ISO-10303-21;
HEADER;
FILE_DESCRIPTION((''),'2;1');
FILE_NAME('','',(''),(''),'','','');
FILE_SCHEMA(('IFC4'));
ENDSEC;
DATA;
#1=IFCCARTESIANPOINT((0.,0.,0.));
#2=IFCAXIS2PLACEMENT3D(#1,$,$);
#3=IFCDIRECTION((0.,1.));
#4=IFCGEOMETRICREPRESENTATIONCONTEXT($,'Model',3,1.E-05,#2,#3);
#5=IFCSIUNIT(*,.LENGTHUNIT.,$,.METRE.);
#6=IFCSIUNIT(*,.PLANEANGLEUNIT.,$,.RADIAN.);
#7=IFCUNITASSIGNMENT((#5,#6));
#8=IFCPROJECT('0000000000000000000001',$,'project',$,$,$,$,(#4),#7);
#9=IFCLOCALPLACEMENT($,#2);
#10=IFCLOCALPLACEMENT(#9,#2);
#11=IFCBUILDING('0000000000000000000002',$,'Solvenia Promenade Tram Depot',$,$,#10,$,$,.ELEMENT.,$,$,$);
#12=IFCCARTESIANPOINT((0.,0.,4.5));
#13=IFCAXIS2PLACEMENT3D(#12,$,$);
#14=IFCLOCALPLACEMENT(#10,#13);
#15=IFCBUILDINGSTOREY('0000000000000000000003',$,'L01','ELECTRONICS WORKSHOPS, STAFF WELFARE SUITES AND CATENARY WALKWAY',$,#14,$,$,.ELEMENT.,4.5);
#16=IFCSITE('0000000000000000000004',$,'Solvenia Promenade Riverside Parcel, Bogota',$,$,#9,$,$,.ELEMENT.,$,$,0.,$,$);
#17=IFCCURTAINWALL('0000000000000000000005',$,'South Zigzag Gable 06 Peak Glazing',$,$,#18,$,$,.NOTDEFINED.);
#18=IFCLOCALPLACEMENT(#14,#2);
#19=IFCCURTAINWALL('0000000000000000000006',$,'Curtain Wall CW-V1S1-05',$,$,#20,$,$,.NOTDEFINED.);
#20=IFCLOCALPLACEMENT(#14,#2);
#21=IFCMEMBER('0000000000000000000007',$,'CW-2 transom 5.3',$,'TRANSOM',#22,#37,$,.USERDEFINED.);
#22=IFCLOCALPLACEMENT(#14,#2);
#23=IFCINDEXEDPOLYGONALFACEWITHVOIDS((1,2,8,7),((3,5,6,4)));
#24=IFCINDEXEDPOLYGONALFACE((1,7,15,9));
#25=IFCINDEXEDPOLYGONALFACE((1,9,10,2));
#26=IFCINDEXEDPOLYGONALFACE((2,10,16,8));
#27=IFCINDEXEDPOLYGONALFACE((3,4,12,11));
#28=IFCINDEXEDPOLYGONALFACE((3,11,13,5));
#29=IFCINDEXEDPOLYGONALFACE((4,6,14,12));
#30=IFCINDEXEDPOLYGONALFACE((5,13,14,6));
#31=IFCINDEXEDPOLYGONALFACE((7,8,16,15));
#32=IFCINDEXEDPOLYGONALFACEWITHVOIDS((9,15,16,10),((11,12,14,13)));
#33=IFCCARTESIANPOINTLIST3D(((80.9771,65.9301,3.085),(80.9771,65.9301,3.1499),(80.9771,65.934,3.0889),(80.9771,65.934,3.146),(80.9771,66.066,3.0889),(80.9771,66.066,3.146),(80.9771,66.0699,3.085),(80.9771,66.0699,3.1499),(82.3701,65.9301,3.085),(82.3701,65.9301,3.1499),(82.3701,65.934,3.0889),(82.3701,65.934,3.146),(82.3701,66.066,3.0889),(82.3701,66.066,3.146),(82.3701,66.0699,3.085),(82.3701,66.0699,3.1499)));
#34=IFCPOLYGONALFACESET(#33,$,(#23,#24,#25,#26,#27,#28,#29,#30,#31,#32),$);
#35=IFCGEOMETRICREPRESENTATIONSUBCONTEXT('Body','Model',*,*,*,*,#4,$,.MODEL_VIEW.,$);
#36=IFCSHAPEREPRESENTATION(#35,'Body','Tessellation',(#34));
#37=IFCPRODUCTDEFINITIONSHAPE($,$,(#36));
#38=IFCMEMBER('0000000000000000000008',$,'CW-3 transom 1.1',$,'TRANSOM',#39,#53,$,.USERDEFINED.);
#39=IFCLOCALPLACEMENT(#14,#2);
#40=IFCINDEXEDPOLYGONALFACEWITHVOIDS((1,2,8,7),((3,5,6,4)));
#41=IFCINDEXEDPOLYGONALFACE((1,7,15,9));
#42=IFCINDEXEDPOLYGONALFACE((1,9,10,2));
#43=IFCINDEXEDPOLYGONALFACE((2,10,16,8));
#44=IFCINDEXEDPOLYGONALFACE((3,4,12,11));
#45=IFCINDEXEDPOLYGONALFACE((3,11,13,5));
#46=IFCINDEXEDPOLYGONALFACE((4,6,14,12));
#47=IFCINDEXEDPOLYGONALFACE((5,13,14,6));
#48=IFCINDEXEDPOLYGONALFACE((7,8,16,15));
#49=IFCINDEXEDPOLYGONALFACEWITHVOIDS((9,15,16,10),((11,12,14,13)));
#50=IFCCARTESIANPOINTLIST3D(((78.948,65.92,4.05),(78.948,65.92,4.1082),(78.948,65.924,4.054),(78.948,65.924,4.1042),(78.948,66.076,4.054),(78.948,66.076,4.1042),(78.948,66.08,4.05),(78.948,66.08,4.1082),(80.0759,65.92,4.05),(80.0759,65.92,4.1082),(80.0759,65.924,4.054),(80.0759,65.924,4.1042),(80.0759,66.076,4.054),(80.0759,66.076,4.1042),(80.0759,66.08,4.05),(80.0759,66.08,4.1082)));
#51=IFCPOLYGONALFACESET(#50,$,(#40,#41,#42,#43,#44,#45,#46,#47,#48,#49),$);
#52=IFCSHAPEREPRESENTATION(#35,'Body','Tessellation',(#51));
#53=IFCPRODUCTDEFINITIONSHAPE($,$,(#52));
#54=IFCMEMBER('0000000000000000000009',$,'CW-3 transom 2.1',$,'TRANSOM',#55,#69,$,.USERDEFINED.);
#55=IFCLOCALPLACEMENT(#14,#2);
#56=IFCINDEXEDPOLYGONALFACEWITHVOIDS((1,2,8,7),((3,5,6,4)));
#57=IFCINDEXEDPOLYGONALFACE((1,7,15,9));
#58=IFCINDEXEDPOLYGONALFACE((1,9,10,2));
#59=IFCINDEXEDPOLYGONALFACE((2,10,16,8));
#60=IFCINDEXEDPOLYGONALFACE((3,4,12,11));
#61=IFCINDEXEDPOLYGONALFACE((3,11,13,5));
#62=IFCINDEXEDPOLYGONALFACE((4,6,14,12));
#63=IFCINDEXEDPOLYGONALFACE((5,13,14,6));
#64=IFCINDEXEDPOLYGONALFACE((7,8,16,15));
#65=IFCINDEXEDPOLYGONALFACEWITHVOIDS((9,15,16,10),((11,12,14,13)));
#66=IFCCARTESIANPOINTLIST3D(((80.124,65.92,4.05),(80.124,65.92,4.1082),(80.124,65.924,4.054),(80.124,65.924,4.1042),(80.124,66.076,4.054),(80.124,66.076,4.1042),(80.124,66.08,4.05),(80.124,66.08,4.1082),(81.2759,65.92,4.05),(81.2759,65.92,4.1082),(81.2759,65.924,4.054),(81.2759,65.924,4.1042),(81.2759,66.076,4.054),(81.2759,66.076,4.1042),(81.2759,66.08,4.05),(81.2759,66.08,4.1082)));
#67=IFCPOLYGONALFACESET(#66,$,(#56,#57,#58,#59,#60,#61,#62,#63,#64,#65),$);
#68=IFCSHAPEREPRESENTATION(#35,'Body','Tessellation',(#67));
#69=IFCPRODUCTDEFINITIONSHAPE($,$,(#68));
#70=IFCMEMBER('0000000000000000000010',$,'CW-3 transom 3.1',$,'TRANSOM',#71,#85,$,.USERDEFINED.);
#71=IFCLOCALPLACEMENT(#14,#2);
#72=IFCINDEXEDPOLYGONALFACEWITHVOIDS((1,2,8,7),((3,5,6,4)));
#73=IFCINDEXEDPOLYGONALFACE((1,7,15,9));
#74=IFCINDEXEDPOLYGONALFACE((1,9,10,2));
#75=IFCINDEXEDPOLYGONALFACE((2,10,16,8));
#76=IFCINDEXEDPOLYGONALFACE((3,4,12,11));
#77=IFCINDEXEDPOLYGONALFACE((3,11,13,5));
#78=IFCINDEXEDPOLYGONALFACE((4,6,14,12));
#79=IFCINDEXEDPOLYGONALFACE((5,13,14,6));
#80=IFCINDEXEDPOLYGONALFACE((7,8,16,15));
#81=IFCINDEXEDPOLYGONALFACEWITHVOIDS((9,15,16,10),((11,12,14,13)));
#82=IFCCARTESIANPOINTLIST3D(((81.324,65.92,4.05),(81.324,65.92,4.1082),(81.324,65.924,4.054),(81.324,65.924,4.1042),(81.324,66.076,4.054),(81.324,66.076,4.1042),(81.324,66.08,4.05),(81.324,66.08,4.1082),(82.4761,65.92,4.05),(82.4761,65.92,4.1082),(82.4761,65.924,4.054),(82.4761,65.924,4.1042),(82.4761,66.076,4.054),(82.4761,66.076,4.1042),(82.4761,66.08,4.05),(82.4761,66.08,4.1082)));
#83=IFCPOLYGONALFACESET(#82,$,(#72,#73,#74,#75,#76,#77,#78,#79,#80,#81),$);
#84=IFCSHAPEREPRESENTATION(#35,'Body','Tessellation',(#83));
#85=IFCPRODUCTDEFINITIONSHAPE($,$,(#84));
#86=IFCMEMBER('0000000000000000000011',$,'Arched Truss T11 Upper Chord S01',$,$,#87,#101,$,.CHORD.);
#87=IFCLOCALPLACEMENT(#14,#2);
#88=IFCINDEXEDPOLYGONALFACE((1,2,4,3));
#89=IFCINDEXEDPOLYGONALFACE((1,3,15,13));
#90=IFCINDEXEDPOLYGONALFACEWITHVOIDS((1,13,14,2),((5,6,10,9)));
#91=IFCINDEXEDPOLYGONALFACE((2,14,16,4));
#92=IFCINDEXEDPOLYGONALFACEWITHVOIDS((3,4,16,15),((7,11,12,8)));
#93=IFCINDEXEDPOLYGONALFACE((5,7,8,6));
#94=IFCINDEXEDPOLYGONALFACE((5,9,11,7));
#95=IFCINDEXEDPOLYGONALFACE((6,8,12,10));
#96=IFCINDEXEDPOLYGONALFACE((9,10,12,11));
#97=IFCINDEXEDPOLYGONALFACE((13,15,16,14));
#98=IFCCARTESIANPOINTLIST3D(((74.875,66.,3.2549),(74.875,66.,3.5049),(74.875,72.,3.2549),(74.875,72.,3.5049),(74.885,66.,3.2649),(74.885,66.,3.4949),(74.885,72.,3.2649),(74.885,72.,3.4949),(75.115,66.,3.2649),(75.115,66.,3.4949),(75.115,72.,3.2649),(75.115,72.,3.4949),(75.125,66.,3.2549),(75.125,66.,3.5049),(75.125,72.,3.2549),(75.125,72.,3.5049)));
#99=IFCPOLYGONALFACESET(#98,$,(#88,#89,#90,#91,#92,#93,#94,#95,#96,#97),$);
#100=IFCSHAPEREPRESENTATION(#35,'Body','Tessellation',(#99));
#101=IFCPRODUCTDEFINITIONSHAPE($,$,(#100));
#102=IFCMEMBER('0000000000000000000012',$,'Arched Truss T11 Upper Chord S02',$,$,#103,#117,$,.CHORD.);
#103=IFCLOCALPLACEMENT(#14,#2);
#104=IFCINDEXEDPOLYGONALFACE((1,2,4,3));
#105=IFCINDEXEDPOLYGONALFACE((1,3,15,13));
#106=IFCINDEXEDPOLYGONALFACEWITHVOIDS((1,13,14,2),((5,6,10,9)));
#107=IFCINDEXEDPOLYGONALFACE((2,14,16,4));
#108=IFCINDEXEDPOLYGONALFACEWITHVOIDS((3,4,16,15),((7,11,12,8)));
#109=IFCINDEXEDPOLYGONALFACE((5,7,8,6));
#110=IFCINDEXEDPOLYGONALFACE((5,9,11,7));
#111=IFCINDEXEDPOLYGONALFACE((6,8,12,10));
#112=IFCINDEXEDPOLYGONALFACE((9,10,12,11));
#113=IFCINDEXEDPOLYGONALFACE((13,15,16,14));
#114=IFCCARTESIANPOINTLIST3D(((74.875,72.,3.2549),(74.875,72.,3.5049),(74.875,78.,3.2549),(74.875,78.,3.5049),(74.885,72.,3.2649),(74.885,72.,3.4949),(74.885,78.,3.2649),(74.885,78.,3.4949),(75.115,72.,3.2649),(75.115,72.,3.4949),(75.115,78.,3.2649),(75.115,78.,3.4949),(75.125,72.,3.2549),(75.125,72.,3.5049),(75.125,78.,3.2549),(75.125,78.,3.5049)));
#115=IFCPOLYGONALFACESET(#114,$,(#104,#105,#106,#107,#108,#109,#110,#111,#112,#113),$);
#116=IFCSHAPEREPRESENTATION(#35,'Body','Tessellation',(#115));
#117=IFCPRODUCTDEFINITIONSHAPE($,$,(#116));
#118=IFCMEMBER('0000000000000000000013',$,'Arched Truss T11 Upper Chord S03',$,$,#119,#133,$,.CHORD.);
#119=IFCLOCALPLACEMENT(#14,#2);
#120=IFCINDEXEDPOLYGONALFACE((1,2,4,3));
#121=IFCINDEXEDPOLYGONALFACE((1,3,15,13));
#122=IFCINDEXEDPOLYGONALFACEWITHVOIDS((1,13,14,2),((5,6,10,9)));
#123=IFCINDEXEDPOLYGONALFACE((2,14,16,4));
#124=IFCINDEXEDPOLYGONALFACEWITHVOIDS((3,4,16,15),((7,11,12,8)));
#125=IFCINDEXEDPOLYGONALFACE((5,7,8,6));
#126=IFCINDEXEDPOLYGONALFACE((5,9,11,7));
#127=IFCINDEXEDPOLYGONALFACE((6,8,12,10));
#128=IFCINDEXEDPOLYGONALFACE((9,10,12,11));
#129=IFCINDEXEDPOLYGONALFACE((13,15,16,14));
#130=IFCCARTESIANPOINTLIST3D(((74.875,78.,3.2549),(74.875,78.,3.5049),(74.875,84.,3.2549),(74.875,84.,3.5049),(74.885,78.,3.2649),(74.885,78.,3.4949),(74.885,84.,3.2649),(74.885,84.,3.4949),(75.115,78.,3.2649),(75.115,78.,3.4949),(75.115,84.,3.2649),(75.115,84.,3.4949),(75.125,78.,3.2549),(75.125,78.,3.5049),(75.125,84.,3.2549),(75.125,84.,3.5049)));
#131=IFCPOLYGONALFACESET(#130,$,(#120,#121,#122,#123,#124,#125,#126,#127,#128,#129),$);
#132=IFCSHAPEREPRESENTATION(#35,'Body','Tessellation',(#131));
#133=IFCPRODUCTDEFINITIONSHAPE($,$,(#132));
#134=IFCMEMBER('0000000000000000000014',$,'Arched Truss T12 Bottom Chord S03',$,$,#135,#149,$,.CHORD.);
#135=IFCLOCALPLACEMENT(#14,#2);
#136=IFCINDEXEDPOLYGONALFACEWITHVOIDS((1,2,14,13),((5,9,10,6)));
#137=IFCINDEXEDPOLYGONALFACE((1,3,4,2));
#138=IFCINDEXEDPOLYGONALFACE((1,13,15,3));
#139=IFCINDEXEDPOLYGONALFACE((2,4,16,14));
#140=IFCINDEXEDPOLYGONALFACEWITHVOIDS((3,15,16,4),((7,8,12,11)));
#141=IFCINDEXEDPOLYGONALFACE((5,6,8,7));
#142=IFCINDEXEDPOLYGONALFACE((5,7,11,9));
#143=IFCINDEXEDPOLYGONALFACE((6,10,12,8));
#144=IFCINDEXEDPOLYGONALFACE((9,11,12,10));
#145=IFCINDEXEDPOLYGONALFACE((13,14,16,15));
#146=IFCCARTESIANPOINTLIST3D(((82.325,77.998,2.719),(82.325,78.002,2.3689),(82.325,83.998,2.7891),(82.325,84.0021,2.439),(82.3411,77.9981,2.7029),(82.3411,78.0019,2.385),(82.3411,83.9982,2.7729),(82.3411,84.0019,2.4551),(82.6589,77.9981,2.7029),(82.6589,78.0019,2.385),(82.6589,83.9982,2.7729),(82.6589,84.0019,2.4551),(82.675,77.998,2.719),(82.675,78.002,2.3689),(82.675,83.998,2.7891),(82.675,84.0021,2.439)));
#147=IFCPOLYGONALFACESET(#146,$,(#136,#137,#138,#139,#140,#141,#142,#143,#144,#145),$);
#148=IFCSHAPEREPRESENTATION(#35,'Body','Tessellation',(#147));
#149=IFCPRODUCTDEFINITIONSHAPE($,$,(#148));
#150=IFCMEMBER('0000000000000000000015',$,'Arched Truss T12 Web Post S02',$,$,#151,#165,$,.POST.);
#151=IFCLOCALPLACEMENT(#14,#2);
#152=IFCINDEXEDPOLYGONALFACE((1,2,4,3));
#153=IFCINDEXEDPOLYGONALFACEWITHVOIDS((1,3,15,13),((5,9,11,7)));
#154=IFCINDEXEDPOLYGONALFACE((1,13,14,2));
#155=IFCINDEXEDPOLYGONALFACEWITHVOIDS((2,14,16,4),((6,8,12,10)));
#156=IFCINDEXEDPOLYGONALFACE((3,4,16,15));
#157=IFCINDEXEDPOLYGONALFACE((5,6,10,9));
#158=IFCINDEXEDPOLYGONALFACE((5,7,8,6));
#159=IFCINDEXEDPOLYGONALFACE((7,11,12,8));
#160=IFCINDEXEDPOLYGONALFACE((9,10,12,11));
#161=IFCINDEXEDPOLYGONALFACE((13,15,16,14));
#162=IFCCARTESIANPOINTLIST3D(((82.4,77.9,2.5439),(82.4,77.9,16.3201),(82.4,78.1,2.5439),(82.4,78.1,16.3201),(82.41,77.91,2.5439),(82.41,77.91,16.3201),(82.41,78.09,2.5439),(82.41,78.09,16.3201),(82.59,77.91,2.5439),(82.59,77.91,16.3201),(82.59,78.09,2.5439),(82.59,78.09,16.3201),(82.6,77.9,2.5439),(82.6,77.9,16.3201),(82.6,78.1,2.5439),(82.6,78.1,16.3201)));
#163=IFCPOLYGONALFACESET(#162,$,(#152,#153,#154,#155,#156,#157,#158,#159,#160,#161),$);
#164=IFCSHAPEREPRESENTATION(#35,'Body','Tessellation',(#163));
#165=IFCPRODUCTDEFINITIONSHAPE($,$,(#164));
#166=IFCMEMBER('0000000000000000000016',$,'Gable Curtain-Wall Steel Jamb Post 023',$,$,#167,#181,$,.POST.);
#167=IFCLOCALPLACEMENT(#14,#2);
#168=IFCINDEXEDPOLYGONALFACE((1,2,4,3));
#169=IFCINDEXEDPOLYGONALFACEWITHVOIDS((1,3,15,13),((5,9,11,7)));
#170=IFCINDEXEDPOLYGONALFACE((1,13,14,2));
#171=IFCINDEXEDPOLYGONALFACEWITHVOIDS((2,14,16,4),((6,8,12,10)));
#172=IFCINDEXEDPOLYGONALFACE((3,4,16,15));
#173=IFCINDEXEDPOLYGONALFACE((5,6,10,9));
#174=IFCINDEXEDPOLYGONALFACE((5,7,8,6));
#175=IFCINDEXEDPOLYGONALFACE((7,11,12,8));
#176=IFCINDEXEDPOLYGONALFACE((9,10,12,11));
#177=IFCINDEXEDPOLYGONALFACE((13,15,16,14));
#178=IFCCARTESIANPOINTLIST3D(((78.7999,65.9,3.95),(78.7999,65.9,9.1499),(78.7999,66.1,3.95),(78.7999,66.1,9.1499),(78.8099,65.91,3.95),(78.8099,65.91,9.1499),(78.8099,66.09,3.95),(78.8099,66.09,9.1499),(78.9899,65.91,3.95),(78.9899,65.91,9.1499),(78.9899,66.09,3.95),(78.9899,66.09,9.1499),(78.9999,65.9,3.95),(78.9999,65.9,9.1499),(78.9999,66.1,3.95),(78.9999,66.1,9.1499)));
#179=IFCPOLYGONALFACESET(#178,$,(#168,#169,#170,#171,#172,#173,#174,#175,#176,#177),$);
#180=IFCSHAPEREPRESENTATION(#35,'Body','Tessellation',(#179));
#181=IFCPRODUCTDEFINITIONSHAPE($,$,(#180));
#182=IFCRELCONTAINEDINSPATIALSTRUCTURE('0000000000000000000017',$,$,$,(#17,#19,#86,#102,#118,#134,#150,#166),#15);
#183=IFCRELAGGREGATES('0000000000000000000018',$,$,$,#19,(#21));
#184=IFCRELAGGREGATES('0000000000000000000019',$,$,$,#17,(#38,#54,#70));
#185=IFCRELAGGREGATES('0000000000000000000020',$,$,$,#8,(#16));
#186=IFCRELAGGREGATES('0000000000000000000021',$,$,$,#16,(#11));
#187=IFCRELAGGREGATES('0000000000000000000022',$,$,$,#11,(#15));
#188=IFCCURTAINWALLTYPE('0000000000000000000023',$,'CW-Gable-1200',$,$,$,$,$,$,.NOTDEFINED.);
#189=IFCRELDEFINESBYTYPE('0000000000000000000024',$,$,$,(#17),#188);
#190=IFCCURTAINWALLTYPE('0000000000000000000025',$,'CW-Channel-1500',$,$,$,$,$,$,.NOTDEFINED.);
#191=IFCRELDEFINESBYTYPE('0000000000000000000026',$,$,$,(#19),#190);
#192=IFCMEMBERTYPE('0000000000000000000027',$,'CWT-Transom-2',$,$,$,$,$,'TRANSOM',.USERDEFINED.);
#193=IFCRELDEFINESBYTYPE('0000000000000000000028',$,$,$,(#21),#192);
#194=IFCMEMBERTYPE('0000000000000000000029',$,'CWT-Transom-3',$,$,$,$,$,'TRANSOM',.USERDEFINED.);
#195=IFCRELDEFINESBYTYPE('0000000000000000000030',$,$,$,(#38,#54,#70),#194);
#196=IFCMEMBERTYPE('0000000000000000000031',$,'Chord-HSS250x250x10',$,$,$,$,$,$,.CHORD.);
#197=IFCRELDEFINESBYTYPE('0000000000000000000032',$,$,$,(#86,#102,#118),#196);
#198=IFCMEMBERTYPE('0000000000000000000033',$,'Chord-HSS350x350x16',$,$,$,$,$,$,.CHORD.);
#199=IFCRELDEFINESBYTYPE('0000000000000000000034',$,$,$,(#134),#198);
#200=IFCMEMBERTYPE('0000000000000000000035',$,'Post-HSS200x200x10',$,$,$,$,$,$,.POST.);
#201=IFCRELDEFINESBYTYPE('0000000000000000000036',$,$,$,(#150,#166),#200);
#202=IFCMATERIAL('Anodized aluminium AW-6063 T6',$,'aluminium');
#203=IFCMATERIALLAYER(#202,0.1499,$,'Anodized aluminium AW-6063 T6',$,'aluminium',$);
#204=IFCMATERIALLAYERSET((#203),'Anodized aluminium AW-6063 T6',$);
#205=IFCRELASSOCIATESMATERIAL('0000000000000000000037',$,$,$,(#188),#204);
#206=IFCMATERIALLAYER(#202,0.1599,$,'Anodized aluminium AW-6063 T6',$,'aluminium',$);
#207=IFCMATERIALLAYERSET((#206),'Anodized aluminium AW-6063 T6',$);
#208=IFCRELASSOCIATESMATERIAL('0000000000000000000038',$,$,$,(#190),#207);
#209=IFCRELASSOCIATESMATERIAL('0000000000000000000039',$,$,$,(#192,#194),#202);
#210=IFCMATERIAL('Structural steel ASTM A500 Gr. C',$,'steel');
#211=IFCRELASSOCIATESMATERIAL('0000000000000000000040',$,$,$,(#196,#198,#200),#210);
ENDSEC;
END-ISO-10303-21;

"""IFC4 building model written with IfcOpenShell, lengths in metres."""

from ifc_helpers import new_model, si_unit, direction, frame, origin, origin_2d, place, context, subcontext, project, spatial, hollow_rectangle, extrude, material, layer, layer_set, material_profile, profile_set, type_object, element, aggregate, save


model = new_model("IFC4")

# Units and contexts
model_context = context("Model", 3, precision=1e-05, world=origin(), true_north=direction((0.0, 1.0)))
body_context = subcontext(model_context, "Body", "Model", "MODEL_VIEW")
ifc_project = project(units=[si_unit("LENGTHUNIT", "METRE"), si_unit("PLANEANGLEUNIT", "RADIAN")], contexts=[model_context])

# Site, building, storey
site_placement = place(None, origin())
site = spatial("IfcSite", under=ifc_project, at=site_placement, Name="Solvenia Promenade Riverside Parcel, Bogota", CompositionType="ELEMENT", RefElevation=0.0)
building_placement = place(site_placement, origin())
building = spatial("IfcBuilding", under=site, at=building_placement, Name="Solvenia Promenade Tram Depot", CompositionType="ELEMENT")
storey_placement = place(building_placement, frame((0.0, 0.0, 4.5)))
storey = spatial("IfcBuildingStorey", under=building, at=storey_placement, Name="L01", Description="ELECTRONICS WORKSHOPS, STAFF WELFARE SUITES AND CATENARY WALKWAY", CompositionType="ELEMENT", Elevation=4.5)

# Shared definitions
ifc_material_1 = material(Name="Structural steel ASTM A500 Gr. C", Category="steel")

# Curtain walls, member
ifc_material_2 = material(Name="Anodized aluminium AW-6063 T6", Category="aluminium")
ifc_layer_1 = layer(ifc_material_2, 0.1499, Name="Anodized aluminium AW-6063 T6", Category="aluminium")
ifc_layer_set_1 = layer_set([ifc_layer_1], Name="Anodized aluminium AW-6063 T6")
curtain_wall_type_1 = type_object("IfcCurtainWallType", Name="CW-Gable-1200", PredefinedType="NOTDEFINED", material=ifc_layer_set_1)
curtain_wall_1_placement = place(storey_placement, origin())
curtain_wall_1 = element("IfcCurtainWall", 1, at=curtain_wall_1_placement, inside=storey, type_object=curtain_wall_type_1, Name="South Zigzag Gable 06 Peak Glazing", PredefinedType="NOTDEFINED")
ifc_layer_2 = layer(ifc_material_2, 0.1599, Name="Anodized aluminium AW-6063 T6", Category="aluminium")
ifc_layer_set_2 = layer_set([ifc_layer_2], Name="Anodized aluminium AW-6063 T6")
curtain_wall_type_2 = type_object("IfcCurtainWallType", Name="CW-Channel-1500", PredefinedType="NOTDEFINED", material=ifc_layer_set_2)
curtain_wall_2_placement = place(storey_placement, origin())
curtain_wall_2 = element("IfcCurtainWall", 2, at=curtain_wall_2_placement, inside=storey, type_object=curtain_wall_type_2, Name="Curtain Wall CW-V1S1-05", PredefinedType="NOTDEFINED")
ifc_material_profile_1 = material_profile(ifc_material_2, hollow_rectangle(XDim=0.1399, YDim=0.0649, WallThickness=0.0039, at=origin_2d()), Name="ALU-T2", Category="aluminium")
ifc_profile_set_1 = profile_set([ifc_material_profile_1], Name="Anodized aluminium AW-6063 T6")
member_type_1 = type_object("IfcMemberType", Name="CWT-Transom-2", ElementType="TRANSOM", PredefinedType="USERDEFINED", material=ifc_profile_set_1)
member_1_placement = place(storey_placement, frame((80.9771, 66.0, 3.1174), z_axis=(1.0, 0.0, 0.0), x_axis=(0.0, 1.0, 0.0)))
member_1 = element("IfcMember", 3, at=member_1_placement, type_object=member_type_1, Name="CW-2 transom 5.3", ObjectType="TRANSOM", PredefinedType="USERDEFINED", context=body_context, shape_type="SweptSolid", body=[
    extrude(hollow_rectangle(XDim=0.1399, YDim=0.0649, WallThickness=0.0039, at=origin_2d()), origin(), (0.0, 0.0, 1.0), 1.3931),
])
aggregate(curtain_wall_2, [member_1])

# Members
ifc_material_profile_2 = material_profile(ifc_material_2, hollow_rectangle(XDim=0.1599, YDim=0.0581, WallThickness=0.0039, at=origin_2d()), Name="ALU-T3", Category="aluminium")
ifc_profile_set_2 = profile_set([ifc_material_profile_2], Name="Anodized aluminium AW-6063 T6")
member_type_2 = type_object("IfcMemberType", Name="CWT-Transom-3", ElementType="TRANSOM", PredefinedType="USERDEFINED", material=ifc_profile_set_2)
member_2_placement = place(storey_placement, frame((78.948, 66.0, 4.0791), z_axis=(1.0, 0.0, 0.0), x_axis=(0.0, 1.0, 0.0)))
member_2 = element("IfcMember", 4, at=member_2_placement, type_object=member_type_2, Name="CW-3 transom 1.1", ObjectType="TRANSOM", PredefinedType="USERDEFINED", context=body_context, shape_type="SweptSolid", body=[
    extrude(hollow_rectangle(XDim=0.1599, YDim=0.0581, WallThickness=0.0039, at=origin_2d()), origin(), (0.0, 0.0, 1.0), 1.1279),
])
member_3_placement = place(storey_placement, frame((80.124, 66.0, 4.0791), z_axis=(1.0, 0.0, 0.0), x_axis=(0.0, 1.0, 0.0)))
member_3 = element("IfcMember", 5, at=member_3_placement, type_object=member_type_2, Name="CW-3 transom 2.1", ObjectType="TRANSOM", PredefinedType="USERDEFINED", context=body_context, shape_type="SweptSolid", body=[
    extrude(hollow_rectangle(XDim=0.1599, YDim=0.0581, WallThickness=0.0039, at=origin_2d()), origin(), (0.0, 0.0, 1.0), 1.1519),
])
member_4_placement = place(storey_placement, frame((81.324, 66.0, 4.0791), z_axis=(1.0, 0.0, 0.0), x_axis=(0.0, 1.0, 0.0)))
member_4 = element("IfcMember", 6, at=member_4_placement, type_object=member_type_2, Name="CW-3 transom 3.1", ObjectType="TRANSOM", PredefinedType="USERDEFINED", context=body_context, shape_type="SweptSolid", body=[
    extrude(hollow_rectangle(XDim=0.1599, YDim=0.0581, WallThickness=0.0039, at=origin_2d()), origin(), (0.0, 0.0, 1.0), 1.1521),
])

# Members
ifc_material_profile_3 = material_profile(ifc_material_1, hollow_rectangle(XDim=0.25, YDim=0.25, WallThickness=0.01, at=origin_2d()), Name="HSS250x250x10", Category="steel")
ifc_profile_set_3 = profile_set([ifc_material_profile_3], Name="Structural steel ASTM A500 Gr. C")
member_type_3 = type_object("IfcMemberType", Name="Chord-HSS250x250x10", PredefinedType="CHORD", material=ifc_profile_set_3)
for number, where, z_axis, x_axis, name in (
    (7, (75.0, 66.0, 3.3799), (0.0, 1.0, 0.0), (-1.0, 0.0, 0.0), "Arched Truss T11 Upper Chord S01"),
    (8, (75.0, 72.0, 3.3799), (0.0, 1.0, 0.0), (-1.0, 0.0, 0.0), "Arched Truss T11 Upper Chord S02"),
    (9, (75.0, 78.0, 3.3799), (0.0, 1.0, 0.0), (-1.0, 0.0, 0.0), "Arched Truss T11 Upper Chord S03"),
):
    element("IfcMember", number, at=place(storey_placement, frame(where, z_axis=z_axis, x_axis=x_axis)), inside=storey, type_object=member_type_3, Name=name, PredefinedType="CHORD", context=body_context, shape_type="SweptSolid", body=[
        extrude(hollow_rectangle(XDim=0.25, YDim=0.25, WallThickness=0.01, at=origin_2d()), origin(), (0.0, 0.0, 1.0), 6.0),
    ])
ifc_material_profile_4 = material_profile(ifc_material_1, hollow_rectangle(XDim=0.3501, YDim=0.3501, WallThickness=0.0161, at=origin_2d()), Name="HSS350x350x16", Category="steel")
ifc_profile_set_4 = profile_set([ifc_material_profile_4], Name="Structural steel ASTM A500 Gr. C")
member_type_4 = type_object("IfcMemberType", Name="Chord-HSS350x350x16", PredefinedType="CHORD", material=ifc_profile_set_4)
member_5_placement = place(storey_placement, frame((82.5, 78.0, 2.5439), z_axis=(0.0, 0.999932, 0.011677), x_axis=(-1.0, 0.0, 0.0)))
element("IfcMember", 10, at=member_5_placement, inside=storey, type_object=member_type_4, Name="Arched Truss T12 Bottom Chord S03", PredefinedType="CHORD", context=body_context, shape_type="SweptSolid", body=[
    extrude(hollow_rectangle(XDim=0.3501, YDim=0.3501, WallThickness=0.0161, at=origin_2d()), origin(), (0.0, 0.0, 1.0), 6.0005),
])
ifc_material_profile_5 = material_profile(ifc_material_1, hollow_rectangle(XDim=0.2, YDim=0.2, WallThickness=0.01, at=origin_2d()), Name="HSS200x200x10", Category="steel")
ifc_profile_set_5 = profile_set([ifc_material_profile_5], Name="Structural steel ASTM A500 Gr. C")
member_type_5 = type_object("IfcMemberType", Name="Post-HSS200x200x10", PredefinedType="POST", material=ifc_profile_set_5)
member_6_placement = place(storey_placement, frame((82.5, 78.0, 2.5439), z_axis=(0.0, 0.0, 1.0), x_axis=(1.0, 0.0, 0.0)))
element("IfcMember", 11, at=member_6_placement, inside=storey, type_object=member_type_5, Name="Arched Truss T12 Web Post S02", PredefinedType="POST", context=body_context, shape_type="SweptSolid", body=[
    extrude(hollow_rectangle(XDim=0.2, YDim=0.2, WallThickness=0.01, at=origin_2d()), origin(), (0.0, 0.0, 1.0), 13.7761),
])
member_7_placement = place(storey_placement, frame((78.8999, 66.0, 3.95), z_axis=(0.0, 0.0, 1.0), x_axis=(1.0, 0.0, 0.0)))
element("IfcMember", 12, at=member_7_placement, inside=storey, type_object=member_type_5, Name="Gable Curtain-Wall Steel Jamb Post 023", PredefinedType="POST", context=body_context, shape_type="SweptSolid", body=[
    extrude(hollow_rectangle(XDim=0.2, YDim=0.2, WallThickness=0.01, at=origin_2d()), origin(), (0.0, 0.0, 1.0), 5.2),
])

aggregate(curtain_wall_1, [member_2, member_3, member_4])

save(model, "model.ifc")
